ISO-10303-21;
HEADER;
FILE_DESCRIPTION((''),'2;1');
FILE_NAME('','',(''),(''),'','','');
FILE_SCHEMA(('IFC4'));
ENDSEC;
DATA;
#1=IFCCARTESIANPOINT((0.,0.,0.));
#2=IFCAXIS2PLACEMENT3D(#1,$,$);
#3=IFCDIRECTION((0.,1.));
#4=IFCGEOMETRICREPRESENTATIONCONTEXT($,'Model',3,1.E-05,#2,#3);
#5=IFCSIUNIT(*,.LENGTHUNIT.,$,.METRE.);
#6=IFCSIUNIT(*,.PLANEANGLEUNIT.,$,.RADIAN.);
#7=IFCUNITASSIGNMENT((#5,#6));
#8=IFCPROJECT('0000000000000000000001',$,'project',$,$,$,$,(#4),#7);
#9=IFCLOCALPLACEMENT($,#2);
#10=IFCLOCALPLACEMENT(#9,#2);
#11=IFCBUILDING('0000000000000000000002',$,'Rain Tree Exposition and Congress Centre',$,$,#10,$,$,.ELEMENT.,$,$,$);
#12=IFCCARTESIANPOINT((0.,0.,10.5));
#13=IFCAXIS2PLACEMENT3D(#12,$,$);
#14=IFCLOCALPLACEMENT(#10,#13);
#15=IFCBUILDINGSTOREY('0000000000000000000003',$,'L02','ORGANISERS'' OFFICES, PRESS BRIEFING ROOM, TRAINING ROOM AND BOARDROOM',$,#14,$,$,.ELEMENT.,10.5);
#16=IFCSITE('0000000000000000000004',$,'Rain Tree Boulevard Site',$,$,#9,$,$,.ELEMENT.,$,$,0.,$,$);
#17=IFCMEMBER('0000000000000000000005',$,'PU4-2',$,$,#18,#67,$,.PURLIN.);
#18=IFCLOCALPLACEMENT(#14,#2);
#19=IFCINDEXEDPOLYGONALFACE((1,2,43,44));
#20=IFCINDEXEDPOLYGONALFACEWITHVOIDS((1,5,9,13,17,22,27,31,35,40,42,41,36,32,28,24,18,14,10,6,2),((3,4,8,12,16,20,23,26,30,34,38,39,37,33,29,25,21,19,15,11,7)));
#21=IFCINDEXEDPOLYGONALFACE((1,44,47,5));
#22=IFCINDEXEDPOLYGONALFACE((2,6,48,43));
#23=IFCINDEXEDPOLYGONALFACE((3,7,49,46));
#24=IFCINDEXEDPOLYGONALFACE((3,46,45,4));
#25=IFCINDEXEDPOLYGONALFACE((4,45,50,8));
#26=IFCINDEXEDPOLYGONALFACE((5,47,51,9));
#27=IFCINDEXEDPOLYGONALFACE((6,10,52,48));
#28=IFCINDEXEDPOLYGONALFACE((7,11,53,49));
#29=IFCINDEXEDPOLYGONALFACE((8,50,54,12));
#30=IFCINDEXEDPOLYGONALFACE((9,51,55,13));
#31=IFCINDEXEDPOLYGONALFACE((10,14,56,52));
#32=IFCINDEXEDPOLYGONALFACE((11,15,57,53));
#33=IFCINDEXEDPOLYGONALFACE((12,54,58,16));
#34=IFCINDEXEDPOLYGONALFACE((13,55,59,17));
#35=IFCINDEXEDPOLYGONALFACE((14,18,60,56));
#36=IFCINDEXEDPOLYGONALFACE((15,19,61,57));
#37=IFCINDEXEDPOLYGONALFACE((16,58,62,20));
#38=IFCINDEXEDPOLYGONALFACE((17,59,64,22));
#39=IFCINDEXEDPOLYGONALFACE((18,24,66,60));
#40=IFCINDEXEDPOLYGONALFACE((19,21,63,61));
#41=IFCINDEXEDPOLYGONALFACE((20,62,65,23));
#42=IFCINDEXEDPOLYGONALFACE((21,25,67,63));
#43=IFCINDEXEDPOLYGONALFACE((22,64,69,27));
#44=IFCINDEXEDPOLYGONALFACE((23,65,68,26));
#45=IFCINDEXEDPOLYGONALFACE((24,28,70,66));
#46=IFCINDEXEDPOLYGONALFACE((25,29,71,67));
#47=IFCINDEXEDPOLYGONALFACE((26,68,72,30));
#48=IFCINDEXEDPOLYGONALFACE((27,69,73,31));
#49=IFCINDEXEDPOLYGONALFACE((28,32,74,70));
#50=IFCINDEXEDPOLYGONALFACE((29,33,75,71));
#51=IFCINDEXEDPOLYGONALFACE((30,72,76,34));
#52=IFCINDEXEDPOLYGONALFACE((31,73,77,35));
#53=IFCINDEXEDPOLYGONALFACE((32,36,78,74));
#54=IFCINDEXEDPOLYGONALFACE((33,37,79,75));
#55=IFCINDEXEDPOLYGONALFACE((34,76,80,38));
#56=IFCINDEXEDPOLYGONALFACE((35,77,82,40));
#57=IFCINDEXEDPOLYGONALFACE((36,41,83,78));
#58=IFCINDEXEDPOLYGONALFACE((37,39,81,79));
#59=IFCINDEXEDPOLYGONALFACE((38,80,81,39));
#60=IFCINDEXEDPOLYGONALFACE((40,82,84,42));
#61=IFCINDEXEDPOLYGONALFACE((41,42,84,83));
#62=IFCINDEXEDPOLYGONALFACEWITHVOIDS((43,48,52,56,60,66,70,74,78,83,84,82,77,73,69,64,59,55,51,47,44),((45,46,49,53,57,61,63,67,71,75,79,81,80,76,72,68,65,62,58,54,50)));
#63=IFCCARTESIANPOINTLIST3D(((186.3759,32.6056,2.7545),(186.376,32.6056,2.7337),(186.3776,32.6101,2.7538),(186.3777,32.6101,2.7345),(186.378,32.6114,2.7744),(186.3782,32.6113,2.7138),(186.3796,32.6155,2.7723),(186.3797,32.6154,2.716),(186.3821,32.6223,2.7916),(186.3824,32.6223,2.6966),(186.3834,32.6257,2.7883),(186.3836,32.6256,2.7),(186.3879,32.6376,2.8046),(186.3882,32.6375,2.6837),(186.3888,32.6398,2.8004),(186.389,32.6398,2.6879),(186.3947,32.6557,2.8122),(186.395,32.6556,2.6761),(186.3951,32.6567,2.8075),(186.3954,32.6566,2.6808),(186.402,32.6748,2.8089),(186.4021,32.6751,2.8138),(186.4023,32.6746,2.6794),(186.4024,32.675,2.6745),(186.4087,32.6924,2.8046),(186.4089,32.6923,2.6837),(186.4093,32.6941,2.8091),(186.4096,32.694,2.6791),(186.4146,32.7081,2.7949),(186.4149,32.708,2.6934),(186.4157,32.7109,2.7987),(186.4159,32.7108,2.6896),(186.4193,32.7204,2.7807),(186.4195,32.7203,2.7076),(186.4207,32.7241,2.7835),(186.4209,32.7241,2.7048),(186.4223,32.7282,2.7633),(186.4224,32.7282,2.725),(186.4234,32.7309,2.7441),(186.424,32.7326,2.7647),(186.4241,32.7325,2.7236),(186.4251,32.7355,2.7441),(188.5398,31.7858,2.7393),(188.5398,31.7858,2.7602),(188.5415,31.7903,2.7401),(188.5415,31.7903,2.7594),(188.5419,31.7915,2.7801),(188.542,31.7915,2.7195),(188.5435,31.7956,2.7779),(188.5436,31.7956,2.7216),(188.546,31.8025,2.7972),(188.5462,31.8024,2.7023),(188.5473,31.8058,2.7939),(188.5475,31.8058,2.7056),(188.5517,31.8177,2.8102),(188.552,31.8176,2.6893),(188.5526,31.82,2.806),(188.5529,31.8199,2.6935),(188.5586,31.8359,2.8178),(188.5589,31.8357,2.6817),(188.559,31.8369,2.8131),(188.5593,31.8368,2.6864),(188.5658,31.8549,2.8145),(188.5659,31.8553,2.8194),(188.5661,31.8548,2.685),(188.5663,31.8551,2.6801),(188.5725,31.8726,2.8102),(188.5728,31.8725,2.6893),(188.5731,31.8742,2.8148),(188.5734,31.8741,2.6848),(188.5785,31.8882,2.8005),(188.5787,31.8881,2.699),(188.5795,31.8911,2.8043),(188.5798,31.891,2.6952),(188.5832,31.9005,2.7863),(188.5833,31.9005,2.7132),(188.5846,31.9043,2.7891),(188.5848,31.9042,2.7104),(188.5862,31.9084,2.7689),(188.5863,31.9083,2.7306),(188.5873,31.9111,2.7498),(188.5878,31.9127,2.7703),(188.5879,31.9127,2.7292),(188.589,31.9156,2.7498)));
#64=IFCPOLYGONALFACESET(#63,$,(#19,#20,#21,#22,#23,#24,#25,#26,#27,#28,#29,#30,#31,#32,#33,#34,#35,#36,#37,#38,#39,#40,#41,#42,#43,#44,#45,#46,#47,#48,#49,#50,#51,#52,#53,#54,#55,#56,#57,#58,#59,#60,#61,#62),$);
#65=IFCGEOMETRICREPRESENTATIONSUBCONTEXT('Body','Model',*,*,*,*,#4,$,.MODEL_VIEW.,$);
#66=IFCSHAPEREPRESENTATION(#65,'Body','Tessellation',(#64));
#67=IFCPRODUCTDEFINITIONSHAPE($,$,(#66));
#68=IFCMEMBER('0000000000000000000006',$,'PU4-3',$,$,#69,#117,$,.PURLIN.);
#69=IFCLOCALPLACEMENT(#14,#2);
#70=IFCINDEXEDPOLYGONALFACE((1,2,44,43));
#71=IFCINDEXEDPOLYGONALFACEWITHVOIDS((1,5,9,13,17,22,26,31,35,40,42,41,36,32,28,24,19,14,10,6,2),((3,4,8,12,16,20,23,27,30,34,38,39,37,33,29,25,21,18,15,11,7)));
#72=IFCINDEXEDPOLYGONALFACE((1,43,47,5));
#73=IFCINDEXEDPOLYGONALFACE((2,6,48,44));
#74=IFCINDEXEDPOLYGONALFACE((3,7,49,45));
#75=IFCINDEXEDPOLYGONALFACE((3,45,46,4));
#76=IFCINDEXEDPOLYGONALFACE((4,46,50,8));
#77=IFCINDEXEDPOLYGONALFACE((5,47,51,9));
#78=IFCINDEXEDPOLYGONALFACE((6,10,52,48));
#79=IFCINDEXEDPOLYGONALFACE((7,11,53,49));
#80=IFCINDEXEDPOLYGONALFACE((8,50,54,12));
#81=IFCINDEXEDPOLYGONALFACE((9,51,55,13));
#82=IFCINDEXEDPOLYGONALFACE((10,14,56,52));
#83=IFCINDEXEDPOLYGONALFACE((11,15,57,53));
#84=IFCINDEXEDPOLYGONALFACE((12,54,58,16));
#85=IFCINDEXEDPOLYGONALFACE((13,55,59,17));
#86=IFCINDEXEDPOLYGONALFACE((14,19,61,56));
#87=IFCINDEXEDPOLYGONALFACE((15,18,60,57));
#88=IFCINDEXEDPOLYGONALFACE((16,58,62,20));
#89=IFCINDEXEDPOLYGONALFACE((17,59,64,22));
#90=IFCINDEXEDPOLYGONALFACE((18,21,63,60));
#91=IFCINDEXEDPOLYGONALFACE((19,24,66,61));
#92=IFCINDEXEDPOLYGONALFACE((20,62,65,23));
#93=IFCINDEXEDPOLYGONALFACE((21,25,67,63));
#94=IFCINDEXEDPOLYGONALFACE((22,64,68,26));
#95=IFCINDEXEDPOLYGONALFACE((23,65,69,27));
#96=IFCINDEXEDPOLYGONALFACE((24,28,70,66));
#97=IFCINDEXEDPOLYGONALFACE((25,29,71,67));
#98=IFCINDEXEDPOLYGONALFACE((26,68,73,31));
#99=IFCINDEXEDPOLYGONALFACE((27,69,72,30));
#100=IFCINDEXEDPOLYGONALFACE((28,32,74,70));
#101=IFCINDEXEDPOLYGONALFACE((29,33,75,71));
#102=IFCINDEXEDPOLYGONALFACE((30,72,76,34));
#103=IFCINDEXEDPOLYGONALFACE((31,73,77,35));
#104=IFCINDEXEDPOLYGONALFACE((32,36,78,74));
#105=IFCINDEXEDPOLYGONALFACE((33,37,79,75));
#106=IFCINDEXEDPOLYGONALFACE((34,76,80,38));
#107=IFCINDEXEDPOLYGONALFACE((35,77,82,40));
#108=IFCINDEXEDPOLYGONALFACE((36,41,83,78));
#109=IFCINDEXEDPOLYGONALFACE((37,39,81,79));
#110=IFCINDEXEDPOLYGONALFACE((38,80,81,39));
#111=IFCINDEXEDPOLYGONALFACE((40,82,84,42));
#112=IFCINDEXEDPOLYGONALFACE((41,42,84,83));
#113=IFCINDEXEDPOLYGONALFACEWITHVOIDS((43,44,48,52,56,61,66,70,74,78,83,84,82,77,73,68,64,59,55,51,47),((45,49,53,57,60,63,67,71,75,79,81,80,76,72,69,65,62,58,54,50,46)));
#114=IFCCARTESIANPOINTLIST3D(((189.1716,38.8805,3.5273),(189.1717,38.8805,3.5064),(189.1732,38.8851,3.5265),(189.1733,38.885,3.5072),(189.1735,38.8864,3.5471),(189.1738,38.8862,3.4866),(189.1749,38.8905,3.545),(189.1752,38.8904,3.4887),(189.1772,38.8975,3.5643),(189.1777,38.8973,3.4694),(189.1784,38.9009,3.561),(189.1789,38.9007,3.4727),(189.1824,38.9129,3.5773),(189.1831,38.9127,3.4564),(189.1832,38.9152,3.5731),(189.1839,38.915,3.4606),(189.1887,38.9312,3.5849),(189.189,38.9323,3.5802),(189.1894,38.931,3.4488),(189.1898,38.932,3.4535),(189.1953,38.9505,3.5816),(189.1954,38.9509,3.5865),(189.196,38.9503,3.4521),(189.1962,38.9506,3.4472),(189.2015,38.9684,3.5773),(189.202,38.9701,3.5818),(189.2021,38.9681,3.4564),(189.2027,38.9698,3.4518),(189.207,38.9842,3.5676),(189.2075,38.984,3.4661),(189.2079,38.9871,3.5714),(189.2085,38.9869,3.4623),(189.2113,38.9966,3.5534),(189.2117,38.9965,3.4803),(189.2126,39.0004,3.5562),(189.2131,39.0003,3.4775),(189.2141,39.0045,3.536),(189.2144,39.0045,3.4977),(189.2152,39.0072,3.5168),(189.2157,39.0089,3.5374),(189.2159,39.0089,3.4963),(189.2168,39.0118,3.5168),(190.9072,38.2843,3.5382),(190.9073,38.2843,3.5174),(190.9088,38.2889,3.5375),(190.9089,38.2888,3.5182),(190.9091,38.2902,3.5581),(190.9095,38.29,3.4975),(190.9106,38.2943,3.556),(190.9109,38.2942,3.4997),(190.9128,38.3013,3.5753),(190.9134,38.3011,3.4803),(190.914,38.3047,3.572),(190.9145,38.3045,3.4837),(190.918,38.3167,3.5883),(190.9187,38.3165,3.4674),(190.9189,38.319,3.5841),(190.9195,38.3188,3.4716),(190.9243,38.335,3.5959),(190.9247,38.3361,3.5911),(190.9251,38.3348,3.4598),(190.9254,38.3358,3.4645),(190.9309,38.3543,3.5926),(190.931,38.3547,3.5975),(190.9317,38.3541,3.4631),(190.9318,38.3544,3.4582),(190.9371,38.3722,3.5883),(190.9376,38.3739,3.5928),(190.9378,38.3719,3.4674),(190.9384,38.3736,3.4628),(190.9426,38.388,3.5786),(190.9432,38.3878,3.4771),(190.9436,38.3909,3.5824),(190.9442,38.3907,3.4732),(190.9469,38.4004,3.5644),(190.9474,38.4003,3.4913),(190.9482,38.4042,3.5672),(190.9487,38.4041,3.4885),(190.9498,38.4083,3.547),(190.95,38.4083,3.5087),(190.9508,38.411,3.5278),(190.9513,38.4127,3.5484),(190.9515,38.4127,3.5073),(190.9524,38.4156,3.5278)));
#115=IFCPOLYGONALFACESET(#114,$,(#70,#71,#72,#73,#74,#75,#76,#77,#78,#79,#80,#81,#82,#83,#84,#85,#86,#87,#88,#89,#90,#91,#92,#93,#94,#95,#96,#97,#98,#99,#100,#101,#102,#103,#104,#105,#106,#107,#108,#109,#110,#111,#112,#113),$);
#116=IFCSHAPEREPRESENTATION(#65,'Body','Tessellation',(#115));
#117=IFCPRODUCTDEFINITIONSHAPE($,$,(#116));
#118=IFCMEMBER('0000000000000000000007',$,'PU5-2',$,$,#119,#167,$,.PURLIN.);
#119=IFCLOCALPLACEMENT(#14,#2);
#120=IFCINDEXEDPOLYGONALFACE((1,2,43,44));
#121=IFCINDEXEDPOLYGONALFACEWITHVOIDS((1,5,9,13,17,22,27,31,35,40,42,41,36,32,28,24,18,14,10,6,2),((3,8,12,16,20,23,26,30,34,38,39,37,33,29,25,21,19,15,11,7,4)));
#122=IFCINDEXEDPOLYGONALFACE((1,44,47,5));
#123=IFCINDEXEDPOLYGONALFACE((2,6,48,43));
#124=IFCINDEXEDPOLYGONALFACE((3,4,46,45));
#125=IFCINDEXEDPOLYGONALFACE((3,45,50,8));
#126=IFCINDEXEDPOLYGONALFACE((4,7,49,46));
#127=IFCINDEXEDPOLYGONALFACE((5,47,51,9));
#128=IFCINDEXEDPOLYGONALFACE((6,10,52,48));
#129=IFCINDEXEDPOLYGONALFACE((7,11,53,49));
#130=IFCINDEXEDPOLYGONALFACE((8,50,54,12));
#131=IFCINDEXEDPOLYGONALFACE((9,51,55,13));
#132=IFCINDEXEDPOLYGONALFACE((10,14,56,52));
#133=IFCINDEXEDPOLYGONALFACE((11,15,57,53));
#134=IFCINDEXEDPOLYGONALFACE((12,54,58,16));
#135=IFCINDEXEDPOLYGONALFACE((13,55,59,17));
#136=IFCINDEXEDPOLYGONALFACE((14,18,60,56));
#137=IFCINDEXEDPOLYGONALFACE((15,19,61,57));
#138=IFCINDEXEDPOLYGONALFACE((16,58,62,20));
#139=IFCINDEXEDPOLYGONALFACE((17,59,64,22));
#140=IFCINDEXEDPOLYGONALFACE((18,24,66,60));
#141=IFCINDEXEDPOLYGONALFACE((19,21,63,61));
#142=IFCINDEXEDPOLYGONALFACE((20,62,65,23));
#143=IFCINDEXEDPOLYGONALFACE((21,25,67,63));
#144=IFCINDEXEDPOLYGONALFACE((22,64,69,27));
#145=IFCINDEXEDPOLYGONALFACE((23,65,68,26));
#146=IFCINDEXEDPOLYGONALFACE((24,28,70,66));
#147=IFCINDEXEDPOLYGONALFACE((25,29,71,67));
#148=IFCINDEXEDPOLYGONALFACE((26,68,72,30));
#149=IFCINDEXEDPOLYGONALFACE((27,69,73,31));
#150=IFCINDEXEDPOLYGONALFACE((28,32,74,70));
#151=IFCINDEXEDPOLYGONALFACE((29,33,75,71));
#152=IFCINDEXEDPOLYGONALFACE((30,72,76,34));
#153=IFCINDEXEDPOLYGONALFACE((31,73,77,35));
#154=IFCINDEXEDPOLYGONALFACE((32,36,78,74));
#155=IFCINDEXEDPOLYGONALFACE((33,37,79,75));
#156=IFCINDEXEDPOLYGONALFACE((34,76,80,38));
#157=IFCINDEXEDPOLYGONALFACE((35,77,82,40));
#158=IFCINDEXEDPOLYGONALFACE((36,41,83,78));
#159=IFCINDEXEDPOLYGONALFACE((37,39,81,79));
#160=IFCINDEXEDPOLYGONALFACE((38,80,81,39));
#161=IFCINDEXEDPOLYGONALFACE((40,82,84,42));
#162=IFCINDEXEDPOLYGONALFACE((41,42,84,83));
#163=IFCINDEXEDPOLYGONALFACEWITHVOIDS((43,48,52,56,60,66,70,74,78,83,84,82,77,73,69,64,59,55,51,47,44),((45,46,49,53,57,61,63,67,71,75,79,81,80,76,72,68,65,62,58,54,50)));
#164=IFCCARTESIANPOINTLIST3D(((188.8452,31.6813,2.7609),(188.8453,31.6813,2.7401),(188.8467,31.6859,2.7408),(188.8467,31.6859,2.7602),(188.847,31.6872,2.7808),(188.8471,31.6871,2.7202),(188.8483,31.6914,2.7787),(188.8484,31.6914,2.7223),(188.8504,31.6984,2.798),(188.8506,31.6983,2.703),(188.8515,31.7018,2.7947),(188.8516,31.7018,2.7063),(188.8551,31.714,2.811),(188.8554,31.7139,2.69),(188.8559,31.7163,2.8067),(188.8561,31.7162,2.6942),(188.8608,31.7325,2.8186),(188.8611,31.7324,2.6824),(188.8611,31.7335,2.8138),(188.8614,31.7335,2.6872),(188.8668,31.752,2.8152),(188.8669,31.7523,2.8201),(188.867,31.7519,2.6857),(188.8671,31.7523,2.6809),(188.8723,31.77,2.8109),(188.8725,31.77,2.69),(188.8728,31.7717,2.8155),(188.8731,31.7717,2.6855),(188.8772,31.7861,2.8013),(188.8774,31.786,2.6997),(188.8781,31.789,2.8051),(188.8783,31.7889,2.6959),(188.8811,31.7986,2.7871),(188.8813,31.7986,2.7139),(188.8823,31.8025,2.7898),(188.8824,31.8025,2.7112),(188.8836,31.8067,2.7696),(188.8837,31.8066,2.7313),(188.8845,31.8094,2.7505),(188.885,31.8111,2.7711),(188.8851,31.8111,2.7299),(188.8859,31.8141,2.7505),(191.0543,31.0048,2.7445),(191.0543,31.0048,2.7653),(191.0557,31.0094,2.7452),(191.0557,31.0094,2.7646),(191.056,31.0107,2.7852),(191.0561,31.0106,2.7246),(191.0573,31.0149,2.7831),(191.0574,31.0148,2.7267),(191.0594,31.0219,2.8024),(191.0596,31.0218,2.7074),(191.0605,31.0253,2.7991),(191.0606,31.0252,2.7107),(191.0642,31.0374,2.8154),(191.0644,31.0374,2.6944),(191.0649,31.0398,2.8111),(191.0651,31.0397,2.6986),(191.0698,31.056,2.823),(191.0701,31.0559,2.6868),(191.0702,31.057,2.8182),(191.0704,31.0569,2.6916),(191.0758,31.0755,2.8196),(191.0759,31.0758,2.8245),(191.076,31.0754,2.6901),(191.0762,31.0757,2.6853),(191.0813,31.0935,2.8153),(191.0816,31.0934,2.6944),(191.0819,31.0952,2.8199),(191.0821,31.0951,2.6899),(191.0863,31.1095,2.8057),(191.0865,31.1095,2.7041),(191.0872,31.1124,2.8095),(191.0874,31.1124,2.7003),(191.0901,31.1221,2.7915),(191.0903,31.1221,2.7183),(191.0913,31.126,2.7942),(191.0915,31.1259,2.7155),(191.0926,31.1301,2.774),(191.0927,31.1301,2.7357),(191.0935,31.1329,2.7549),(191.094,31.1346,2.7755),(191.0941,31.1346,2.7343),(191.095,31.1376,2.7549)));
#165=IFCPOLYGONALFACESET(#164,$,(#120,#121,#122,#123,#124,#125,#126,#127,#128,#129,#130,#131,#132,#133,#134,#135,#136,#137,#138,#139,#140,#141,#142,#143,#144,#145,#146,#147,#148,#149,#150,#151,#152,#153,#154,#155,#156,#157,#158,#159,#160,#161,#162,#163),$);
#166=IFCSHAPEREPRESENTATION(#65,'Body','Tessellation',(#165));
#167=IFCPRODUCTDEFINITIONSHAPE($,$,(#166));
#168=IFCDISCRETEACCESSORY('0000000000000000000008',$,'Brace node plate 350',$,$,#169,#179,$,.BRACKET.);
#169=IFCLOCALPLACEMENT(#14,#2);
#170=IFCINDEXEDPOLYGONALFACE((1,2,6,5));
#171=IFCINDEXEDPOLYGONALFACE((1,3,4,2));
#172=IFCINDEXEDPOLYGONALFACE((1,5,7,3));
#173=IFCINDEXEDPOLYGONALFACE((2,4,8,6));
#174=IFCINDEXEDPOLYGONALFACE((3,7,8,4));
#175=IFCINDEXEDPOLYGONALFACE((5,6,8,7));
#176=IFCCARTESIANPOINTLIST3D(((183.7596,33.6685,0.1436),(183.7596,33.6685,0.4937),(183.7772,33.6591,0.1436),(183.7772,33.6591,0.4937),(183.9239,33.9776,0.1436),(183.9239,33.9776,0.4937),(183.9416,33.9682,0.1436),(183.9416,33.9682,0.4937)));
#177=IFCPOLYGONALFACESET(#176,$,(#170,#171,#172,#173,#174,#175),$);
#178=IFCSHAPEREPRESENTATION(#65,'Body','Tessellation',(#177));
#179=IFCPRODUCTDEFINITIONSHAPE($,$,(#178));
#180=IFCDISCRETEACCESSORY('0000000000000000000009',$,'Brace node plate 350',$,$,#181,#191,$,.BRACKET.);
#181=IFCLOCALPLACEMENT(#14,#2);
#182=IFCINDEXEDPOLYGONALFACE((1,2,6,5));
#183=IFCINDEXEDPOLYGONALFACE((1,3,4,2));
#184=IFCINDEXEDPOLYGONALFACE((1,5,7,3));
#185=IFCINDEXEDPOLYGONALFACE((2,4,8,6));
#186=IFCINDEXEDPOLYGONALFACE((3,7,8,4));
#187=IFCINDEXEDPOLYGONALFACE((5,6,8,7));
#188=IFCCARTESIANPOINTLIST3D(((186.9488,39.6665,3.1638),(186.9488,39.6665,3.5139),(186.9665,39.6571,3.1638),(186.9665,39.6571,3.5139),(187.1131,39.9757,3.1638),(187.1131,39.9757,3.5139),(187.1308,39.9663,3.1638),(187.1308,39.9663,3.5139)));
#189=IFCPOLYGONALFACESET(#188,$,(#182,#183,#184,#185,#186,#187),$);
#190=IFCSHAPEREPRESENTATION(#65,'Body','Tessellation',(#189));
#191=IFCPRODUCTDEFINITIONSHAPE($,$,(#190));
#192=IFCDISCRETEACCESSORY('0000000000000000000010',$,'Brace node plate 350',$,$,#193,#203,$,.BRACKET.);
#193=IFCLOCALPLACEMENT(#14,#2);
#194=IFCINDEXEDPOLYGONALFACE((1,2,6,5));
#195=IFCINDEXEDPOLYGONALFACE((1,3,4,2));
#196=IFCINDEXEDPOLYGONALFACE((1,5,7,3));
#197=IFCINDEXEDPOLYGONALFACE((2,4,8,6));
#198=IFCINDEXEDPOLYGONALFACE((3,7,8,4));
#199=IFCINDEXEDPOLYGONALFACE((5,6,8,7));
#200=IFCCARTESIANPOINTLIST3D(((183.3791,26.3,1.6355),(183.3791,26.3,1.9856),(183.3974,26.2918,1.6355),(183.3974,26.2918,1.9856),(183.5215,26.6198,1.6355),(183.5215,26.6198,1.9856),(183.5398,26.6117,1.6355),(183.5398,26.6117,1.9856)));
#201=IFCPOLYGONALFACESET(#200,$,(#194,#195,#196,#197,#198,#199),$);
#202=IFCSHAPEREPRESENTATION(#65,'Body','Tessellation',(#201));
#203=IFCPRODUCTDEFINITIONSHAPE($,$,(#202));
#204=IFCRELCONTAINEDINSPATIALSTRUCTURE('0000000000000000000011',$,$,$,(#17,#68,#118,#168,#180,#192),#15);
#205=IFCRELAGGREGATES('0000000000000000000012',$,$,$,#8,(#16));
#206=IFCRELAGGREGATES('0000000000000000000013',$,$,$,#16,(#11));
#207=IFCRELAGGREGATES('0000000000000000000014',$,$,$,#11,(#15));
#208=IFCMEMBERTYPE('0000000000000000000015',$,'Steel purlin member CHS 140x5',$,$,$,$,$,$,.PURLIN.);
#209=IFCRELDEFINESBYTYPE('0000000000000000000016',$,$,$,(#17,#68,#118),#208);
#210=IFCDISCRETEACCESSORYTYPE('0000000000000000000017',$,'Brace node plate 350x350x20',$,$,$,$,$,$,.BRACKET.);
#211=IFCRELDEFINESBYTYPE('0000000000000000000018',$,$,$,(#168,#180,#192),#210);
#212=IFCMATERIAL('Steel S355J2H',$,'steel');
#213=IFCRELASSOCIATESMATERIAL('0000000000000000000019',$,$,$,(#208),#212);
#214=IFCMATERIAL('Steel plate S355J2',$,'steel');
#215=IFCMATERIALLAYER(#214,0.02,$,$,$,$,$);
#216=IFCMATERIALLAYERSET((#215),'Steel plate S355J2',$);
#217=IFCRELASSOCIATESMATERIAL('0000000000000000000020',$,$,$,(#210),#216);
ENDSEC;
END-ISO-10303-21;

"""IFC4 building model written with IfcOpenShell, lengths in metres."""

from ifc_helpers import new_model, si_unit, direction, frame, origin, origin_2d, place, context, subcontext, project, spatial, rectangle, hollow_circle, extrude, material, layer, layer_set, material_profile, profile_set, type_object, element, save


model = new_model("IFC4")

# Units and contexts
model_context = context("Model", 3, precision=1e-05, world=origin(), true_north=direction((0.0, 1.0)))
body_context = subcontext(model_context, "Body", "Model", "MODEL_VIEW")
ifc_project = project(units=[si_unit("LENGTHUNIT", "METRE"), si_unit("PLANEANGLEUNIT", "RADIAN")], contexts=[model_context])

# Site, building, storey
site_placement = place(None, origin())
site = spatial("IfcSite", under=ifc_project, at=site_placement, Name="Rain Tree Boulevard Site", CompositionType="ELEMENT", RefElevation=0.0)
building_placement = place(site_placement, origin())
building = spatial("IfcBuilding", under=site, at=building_placement, Name="Rain Tree Exposition and Congress Centre", CompositionType="ELEMENT")
storey_placement = place(building_placement, frame((0.0, 0.0, 10.5)))
storey = spatial("IfcBuildingStorey", under=building, at=storey_placement, Name="L02", Description="ORGANISERS' OFFICES, PRESS BRIEFING ROOM, TRAINING ROOM AND BOARDROOM", CompositionType="ELEMENT", Elevation=10.5)

# Members
ifc_material_1 = material(Name="Steel S355J2H", Category="steel")
ifc_material_profile_1 = material_profile(ifc_material_1, hollow_circle(Radius=0.0698, WallThickness=0.0049, at=origin_2d()), Name="CHS 140x5")
ifc_profile_set_1 = profile_set([ifc_material_profile_1], Name="Steel S355J2H")
member_type_1 = type_object("IfcMemberType", Name="Steel purlin member CHS 140x5", PredefinedType="PURLIN", material=ifc_profile_set_1)
member_1_placement = place(storey_placement, frame((186.4004, 32.6702, 2.7441), z_axis=(0.935129, -0.3543, 0.002427), x_axis=(0.354301, 0.935131, 0.0)))
element("IfcMember", 1, at=member_1_placement, inside=storey, type_object=member_type_1, Name="PU4-2", PredefinedType="PURLIN", context=body_context, shape_type="SweptSolid", body=[
    extrude(hollow_circle(Radius=0.0698, WallThickness=0.0049, at=origin_2d()), origin(), (0.0, 0.0, 1.0), 2.314),
])
member_2_placement = place(storey_placement, frame((189.1941, 38.9458, 3.5168), z_axis=(0.94574, -0.324869, 0.005987), x_axis=(0.324875, 0.945757, 0.0)))
element("IfcMember", 2, at=member_2_placement, inside=storey, type_object=member_type_1, Name="PU4-3", PredefinedType="PURLIN", context=body_context, shape_type="SweptSolid", body=[
    extrude(hollow_circle(Radius=0.0698, WallThickness=0.0049, at=origin_2d()), origin(), (0.0, 0.0, 1.0), 1.8352),
])
member_3_placement = place(storey_placement, frame((188.8655, 31.7473, 2.7505), z_axis=(0.956163, -0.29283, 0.001902), x_axis=(0.292831, 0.956164, 0.0)))
element("IfcMember", 3, at=member_3_placement, inside=storey, type_object=member_type_1, Name="PU5-2", PredefinedType="PURLIN", context=body_context, shape_type="SweptSolid", body=[
    extrude(hollow_circle(Radius=0.0698, WallThickness=0.0049, at=origin_2d()), origin(), (0.0, 0.0, 1.0), 2.3103),
])

# Discrete accessories
ifc_material_2 = material(Name="Steel plate S355J2", Category="steel")
ifc_layer = layer(ifc_material_2, 0.02)
ifc_layer_set = layer_set([ifc_layer], Name="Steel plate S355J2")
discrete_accessory_type = type_object("IfcDiscreteAccessoryType", Name="Brace node plate 350x350x20", PredefinedType="BRACKET", material=ifc_layer_set)
for number, where, z_axis, x_axis, name in (
    (4, (183.8506, 33.8184, 0.1436), (0.0, 0.0, 1.0), (-0.469472, -0.882948, 0.0), "Brace node plate 350"),
    (5, (187.0398, 39.8164, 3.1638), (0.0, 0.0, 1.0), (0.469472, 0.882948, 0.0), "Brace node plate 350"),
    (6, (183.4595, 26.4558, 1.6355), (0.0, 0.0, 1.0), (0.406737, 0.913545, 0.0), "Brace node plate 350"),
):
    element("IfcDiscreteAccessory", number, at=place(storey_placement, frame(where, z_axis=z_axis, x_axis=x_axis)), inside=storey, type_object=discrete_accessory_type, Name=name, PredefinedType="BRACKET", context=body_context, shape_type="SweptSolid", body=[
        extrude(rectangle(XDim=0.3501, YDim=0.02, at=origin_2d()), origin(), (0.0, 0.0, 1.0), 0.3501),
    ])

save(model, "model.ifc")
